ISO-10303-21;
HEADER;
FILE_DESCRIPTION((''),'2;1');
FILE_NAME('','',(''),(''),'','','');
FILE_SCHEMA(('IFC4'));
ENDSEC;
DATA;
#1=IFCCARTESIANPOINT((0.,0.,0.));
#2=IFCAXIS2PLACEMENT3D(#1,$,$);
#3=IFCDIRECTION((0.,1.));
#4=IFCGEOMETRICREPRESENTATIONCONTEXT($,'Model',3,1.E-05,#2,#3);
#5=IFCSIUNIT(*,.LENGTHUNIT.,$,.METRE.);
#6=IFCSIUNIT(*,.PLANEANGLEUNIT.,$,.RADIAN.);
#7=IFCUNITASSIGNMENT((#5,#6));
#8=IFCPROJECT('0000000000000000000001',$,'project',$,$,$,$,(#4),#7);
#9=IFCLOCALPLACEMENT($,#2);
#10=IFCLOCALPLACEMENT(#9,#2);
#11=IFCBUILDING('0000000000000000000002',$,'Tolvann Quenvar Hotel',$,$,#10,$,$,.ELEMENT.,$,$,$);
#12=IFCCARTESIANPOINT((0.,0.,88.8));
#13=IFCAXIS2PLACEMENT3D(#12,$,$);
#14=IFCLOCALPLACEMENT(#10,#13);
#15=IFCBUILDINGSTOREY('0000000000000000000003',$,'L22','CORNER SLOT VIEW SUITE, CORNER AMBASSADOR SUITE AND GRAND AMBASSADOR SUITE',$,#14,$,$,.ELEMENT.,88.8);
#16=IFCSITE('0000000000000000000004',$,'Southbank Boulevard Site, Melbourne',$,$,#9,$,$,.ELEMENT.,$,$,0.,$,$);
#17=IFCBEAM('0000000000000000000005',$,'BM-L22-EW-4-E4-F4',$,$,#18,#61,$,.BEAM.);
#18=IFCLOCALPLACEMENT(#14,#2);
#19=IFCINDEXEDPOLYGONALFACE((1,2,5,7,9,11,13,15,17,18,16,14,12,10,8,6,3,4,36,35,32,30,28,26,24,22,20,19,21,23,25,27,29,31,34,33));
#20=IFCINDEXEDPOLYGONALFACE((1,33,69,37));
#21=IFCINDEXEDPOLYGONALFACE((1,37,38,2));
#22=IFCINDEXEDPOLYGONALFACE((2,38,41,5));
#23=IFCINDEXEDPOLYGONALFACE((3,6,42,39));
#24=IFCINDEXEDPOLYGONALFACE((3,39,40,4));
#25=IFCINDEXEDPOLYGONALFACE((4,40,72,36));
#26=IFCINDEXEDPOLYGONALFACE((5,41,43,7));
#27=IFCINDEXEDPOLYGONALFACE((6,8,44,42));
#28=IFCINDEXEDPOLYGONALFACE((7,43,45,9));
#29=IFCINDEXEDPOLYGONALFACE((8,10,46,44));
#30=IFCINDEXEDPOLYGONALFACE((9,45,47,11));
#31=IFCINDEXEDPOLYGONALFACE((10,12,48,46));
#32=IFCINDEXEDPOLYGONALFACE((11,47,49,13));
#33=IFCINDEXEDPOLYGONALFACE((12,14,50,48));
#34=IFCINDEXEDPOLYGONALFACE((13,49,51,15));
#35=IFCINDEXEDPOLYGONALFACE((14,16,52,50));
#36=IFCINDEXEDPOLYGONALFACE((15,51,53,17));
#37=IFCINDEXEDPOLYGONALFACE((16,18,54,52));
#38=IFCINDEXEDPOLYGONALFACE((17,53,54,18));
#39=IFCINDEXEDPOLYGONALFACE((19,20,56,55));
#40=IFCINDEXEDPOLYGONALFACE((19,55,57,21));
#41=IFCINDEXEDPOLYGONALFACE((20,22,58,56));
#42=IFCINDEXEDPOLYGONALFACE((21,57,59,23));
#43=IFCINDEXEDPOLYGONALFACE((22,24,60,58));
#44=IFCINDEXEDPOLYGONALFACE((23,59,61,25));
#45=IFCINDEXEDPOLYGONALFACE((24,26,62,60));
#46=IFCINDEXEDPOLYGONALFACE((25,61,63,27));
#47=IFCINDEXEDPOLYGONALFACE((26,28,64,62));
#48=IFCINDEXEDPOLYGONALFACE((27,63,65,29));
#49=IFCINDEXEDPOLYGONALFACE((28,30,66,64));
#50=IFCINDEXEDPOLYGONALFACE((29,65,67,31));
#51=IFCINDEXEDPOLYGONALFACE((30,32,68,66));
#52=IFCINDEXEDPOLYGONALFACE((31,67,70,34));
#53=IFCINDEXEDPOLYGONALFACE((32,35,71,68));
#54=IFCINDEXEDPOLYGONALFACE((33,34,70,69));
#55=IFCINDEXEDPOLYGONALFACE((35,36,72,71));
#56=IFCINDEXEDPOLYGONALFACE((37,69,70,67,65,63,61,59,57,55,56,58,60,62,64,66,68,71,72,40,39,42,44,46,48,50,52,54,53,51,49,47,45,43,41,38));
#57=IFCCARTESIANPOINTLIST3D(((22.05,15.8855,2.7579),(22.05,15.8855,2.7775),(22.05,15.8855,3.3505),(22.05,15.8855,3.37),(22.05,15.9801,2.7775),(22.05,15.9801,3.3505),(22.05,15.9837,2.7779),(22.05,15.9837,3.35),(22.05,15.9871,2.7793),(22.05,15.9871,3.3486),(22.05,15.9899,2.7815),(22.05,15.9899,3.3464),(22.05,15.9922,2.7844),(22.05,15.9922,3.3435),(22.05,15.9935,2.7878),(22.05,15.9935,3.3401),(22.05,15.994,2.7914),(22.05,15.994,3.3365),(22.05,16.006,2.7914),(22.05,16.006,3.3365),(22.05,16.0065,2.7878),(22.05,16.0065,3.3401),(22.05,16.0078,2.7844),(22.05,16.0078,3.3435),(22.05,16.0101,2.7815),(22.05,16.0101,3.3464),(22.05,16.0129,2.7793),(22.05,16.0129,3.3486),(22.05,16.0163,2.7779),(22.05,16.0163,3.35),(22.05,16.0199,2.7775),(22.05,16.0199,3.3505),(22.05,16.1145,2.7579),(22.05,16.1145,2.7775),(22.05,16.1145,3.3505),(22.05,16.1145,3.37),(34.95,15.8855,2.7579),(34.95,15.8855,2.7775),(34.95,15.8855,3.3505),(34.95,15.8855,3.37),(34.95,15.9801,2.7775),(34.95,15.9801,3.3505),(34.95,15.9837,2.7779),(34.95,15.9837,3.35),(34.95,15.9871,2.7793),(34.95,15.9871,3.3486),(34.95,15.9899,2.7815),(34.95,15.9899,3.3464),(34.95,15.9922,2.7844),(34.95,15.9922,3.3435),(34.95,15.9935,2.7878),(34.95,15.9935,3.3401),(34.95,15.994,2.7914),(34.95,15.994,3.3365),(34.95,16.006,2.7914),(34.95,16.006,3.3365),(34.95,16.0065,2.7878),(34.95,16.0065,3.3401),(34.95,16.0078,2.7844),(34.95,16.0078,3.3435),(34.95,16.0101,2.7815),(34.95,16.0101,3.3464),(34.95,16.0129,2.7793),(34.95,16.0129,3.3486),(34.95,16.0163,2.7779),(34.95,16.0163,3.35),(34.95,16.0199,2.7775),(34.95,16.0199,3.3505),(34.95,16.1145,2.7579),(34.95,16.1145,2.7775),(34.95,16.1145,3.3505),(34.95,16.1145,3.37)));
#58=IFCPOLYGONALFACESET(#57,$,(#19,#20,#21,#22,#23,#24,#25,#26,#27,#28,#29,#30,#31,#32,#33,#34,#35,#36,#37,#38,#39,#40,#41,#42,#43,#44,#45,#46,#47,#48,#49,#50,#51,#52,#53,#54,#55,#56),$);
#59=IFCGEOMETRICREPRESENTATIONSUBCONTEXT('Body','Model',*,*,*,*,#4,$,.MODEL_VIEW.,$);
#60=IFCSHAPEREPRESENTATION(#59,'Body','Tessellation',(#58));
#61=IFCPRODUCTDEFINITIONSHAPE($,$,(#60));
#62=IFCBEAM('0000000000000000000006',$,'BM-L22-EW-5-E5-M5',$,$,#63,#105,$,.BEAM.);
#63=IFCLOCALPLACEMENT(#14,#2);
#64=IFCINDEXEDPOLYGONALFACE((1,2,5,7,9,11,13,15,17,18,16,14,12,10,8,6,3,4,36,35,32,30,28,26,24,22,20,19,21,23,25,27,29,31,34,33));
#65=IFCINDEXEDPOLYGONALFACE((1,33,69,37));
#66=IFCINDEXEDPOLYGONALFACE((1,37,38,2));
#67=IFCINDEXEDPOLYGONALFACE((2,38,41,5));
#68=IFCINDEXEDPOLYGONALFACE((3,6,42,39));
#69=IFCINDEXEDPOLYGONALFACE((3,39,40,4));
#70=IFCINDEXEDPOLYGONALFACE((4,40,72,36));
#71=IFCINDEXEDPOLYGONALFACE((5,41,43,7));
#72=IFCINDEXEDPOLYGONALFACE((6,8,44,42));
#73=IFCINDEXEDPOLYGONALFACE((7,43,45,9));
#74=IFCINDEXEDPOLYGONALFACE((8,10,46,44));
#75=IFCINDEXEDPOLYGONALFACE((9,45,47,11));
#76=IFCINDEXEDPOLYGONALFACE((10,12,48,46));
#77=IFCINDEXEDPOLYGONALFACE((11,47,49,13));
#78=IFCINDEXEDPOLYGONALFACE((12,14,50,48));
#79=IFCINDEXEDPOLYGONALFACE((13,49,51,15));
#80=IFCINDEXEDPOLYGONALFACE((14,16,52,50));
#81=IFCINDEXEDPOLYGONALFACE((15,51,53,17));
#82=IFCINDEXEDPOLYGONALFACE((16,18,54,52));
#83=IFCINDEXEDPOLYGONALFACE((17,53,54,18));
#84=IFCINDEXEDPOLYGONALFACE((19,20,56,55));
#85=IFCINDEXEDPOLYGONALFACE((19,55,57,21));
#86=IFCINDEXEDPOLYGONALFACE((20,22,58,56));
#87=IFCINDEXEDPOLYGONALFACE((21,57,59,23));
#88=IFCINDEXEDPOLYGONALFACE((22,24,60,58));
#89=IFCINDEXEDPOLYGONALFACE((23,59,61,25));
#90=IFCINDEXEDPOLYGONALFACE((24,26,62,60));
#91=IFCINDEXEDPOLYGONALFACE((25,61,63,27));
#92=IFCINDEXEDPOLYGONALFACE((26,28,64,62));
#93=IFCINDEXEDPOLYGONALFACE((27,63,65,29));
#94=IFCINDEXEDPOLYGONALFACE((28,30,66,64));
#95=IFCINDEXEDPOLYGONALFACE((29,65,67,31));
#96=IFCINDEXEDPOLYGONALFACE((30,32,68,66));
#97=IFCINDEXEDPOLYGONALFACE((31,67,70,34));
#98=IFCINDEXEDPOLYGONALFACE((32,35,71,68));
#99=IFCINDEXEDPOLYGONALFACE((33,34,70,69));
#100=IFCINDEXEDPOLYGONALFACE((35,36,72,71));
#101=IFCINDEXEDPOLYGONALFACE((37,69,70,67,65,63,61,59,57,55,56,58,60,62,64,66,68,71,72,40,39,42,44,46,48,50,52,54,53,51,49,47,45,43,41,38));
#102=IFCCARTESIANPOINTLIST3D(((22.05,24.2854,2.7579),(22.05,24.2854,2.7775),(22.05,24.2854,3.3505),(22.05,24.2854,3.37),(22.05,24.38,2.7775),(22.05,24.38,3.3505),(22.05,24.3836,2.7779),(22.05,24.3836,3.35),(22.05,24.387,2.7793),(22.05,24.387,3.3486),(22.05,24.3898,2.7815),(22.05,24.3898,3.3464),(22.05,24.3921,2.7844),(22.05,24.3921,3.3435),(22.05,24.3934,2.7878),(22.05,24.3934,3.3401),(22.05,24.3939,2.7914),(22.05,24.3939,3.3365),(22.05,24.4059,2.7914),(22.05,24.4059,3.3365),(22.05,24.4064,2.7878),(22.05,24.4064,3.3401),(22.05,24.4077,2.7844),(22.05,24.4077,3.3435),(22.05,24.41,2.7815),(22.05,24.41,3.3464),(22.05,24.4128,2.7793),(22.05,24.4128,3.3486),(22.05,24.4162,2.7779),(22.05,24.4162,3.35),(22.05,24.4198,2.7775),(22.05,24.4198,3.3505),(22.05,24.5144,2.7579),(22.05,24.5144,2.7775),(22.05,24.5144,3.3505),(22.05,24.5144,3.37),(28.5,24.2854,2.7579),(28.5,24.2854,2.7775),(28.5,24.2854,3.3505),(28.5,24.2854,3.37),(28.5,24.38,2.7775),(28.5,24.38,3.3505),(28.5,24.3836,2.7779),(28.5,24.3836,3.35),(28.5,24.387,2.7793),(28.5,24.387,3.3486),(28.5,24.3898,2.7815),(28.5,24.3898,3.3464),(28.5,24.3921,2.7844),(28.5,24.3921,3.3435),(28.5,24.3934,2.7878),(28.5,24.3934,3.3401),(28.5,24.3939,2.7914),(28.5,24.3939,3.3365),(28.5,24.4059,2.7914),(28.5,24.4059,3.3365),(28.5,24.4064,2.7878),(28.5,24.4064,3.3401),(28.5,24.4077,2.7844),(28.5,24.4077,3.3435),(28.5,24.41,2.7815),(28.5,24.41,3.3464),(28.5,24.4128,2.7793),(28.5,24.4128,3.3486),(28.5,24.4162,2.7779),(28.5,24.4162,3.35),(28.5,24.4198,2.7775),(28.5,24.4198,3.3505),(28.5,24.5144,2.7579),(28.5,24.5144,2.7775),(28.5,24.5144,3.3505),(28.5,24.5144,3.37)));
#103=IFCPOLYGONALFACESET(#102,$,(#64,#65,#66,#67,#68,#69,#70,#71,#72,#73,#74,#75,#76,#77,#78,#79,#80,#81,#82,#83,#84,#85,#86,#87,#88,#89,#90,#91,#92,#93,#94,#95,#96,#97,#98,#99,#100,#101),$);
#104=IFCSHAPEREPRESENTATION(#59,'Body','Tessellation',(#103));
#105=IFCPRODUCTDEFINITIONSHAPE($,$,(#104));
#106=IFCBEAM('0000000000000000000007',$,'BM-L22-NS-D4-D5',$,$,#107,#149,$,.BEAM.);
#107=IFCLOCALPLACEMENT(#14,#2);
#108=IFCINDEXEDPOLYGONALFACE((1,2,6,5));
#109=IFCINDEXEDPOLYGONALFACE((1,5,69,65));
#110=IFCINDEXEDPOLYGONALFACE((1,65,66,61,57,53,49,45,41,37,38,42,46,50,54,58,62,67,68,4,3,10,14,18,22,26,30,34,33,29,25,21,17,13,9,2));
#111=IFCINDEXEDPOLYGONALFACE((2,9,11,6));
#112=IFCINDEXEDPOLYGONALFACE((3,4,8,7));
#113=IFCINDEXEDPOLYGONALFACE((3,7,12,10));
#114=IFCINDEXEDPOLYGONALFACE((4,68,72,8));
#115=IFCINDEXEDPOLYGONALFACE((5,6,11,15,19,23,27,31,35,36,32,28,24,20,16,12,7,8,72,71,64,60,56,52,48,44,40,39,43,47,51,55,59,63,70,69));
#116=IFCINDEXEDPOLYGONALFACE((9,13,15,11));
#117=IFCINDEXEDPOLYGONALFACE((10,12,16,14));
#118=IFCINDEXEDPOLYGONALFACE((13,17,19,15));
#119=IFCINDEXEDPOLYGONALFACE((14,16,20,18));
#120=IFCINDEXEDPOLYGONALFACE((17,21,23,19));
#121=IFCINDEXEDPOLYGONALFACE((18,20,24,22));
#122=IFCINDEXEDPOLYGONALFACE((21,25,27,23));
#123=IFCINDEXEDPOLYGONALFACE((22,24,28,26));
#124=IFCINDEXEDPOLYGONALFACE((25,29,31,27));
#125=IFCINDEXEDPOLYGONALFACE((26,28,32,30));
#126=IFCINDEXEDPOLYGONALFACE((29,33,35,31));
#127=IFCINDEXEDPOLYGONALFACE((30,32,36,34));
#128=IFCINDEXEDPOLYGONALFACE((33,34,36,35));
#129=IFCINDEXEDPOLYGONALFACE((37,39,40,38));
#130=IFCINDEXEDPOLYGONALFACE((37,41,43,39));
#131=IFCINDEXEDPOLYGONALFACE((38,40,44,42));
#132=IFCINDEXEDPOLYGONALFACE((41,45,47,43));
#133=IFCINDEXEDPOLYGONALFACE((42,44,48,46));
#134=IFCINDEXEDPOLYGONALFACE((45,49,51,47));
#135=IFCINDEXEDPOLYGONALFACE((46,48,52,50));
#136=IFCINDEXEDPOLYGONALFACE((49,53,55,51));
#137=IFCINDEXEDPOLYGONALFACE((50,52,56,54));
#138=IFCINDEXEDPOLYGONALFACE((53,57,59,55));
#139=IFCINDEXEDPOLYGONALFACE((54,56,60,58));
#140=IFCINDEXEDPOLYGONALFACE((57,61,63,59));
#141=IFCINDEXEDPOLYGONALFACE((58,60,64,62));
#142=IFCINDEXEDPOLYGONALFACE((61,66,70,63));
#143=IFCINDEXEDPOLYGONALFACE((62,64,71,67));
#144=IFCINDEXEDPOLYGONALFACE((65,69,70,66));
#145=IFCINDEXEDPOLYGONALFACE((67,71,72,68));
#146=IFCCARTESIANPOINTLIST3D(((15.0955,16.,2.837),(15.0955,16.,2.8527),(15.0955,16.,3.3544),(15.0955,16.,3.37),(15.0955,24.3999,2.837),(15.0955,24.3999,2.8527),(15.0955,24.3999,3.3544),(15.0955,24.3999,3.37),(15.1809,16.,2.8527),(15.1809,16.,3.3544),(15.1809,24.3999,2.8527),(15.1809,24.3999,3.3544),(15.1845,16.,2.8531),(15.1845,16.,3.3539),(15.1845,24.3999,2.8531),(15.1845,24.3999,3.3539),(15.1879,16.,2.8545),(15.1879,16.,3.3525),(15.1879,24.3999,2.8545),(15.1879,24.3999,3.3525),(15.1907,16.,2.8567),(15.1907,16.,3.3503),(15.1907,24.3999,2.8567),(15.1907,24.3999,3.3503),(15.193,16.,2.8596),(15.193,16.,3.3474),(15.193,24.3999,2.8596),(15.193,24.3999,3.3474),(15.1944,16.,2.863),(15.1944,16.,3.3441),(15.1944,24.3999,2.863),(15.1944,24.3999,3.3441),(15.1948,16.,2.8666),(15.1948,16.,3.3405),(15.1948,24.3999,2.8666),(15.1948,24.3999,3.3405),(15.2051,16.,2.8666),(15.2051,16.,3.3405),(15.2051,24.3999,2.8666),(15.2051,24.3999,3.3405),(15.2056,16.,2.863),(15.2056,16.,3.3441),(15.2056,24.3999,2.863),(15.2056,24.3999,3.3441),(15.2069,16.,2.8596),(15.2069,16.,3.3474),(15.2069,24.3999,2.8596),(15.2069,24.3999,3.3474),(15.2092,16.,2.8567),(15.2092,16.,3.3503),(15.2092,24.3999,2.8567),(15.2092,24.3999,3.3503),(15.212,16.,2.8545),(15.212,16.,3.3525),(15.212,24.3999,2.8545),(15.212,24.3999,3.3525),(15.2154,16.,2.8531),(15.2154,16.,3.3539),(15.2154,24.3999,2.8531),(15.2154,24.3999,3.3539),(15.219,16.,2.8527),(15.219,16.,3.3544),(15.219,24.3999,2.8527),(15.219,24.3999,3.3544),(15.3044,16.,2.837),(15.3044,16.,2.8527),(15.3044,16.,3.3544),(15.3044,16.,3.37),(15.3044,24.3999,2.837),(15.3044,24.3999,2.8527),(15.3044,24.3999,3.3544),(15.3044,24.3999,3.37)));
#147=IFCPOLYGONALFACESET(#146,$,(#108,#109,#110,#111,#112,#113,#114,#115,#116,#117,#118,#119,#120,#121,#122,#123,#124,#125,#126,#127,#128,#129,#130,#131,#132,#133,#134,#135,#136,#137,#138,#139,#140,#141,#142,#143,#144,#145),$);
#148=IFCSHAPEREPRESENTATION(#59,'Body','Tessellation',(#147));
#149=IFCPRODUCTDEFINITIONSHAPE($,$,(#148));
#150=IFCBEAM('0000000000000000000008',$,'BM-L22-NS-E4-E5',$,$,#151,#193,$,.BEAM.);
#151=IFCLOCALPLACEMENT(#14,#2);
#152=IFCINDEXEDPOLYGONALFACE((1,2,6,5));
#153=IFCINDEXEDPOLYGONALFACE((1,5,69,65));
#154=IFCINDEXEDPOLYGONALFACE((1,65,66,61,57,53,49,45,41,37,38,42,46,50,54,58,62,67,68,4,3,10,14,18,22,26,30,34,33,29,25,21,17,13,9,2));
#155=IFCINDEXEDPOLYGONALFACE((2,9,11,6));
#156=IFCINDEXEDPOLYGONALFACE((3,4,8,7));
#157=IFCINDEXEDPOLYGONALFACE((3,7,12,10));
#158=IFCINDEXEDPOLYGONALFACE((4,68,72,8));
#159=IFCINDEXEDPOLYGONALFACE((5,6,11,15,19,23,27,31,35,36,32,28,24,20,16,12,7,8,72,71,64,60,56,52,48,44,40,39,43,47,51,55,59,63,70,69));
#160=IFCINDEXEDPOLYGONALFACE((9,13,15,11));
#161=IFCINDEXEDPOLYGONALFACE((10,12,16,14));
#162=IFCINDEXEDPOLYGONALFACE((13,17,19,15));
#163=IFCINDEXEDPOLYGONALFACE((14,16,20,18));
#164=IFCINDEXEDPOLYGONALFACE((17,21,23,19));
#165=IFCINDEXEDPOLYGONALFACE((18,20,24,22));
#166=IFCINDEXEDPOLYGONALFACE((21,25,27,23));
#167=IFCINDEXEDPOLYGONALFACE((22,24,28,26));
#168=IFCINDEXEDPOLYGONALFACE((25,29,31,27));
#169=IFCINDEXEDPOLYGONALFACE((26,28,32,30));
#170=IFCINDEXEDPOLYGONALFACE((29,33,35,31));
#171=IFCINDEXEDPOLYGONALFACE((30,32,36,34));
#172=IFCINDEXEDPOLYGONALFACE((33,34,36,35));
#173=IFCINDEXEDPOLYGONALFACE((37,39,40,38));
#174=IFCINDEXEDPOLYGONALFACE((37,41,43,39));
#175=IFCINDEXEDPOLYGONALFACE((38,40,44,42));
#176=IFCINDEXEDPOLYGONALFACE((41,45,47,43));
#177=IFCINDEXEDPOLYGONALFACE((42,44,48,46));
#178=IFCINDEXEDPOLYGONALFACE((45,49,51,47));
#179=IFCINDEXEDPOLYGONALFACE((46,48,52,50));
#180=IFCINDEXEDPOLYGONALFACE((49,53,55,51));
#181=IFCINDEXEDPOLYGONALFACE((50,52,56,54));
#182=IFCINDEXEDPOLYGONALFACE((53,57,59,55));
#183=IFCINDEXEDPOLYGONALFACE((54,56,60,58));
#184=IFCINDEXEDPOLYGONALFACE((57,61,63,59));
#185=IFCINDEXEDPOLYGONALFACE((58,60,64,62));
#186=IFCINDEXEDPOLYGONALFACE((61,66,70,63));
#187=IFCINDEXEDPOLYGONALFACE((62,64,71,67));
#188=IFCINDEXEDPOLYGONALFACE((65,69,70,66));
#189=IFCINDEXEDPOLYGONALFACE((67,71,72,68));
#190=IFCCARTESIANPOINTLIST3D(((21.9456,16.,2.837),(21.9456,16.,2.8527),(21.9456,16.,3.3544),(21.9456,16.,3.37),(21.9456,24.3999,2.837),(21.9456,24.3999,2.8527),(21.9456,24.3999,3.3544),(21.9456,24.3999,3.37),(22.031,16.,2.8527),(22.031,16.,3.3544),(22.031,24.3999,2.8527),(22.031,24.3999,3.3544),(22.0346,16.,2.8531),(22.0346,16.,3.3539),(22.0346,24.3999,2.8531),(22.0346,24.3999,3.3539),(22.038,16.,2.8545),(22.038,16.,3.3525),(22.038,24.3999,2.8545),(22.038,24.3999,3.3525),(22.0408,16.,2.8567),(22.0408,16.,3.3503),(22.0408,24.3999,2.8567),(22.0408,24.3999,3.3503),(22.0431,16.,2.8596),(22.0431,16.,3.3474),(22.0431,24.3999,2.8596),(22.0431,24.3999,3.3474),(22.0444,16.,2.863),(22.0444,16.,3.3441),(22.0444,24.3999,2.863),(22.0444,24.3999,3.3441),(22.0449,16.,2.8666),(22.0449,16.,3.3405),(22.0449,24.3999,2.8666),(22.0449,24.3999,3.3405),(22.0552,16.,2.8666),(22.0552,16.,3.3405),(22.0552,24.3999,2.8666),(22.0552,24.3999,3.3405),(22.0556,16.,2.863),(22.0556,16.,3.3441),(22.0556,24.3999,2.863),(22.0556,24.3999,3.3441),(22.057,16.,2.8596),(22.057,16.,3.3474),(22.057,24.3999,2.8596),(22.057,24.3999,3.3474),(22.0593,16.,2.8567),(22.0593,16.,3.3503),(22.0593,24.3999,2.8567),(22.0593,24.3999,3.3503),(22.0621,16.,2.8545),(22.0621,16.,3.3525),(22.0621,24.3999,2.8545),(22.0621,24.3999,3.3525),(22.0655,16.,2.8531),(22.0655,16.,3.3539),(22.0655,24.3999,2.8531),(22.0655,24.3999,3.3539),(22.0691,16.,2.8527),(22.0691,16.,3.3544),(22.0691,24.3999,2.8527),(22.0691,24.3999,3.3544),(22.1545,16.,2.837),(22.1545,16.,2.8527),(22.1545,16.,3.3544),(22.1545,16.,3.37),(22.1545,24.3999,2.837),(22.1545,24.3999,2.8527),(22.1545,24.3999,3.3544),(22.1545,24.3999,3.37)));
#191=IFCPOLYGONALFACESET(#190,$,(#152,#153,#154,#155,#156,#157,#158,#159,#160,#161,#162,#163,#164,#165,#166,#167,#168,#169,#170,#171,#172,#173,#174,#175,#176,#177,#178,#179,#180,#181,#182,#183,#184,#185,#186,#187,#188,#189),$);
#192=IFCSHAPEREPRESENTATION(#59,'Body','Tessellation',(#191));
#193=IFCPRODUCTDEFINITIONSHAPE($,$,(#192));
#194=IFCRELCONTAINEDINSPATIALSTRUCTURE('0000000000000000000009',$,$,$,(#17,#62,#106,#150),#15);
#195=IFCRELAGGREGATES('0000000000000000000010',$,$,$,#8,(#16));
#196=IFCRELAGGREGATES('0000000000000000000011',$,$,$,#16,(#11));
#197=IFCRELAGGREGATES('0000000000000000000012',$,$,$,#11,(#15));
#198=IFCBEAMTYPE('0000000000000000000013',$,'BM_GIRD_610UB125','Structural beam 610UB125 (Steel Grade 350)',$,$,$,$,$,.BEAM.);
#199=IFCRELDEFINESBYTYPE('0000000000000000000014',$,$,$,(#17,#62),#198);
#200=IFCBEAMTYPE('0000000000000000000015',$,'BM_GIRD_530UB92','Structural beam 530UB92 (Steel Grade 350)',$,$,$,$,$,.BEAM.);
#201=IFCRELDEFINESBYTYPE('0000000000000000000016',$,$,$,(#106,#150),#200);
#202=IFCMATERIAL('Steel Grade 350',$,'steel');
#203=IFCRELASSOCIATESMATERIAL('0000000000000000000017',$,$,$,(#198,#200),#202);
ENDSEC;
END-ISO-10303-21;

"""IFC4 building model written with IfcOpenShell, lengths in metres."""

from ifc_helpers import new_model, si_unit, direction, frame, origin, origin_2d, place, context, subcontext, project, spatial, i_section, extrude, source, transform, mapped, material, material_profile, profile_set, type_object, type_shapes, element, save


model = new_model("IFC4")

# Units and contexts
model_context = context("Model", 3, precision=1e-05, world=origin(), true_north=direction((0.0, 1.0)))
body_context = subcontext(model_context, "Body", "Model", "MODEL_VIEW")
ifc_project = project(units=[si_unit("LENGTHUNIT", "METRE"), si_unit("PLANEANGLEUNIT", "RADIAN")], contexts=[model_context])

# Site, building, storey
site_placement = place(None, origin())
site = spatial("IfcSite", under=ifc_project, at=site_placement, Name="Southbank Boulevard Site, Melbourne", CompositionType="ELEMENT", RefElevation=0.0)
building_placement = place(site_placement, origin())
building = spatial("IfcBuilding", under=site, at=building_placement, Name="Tolvann Quenvar Hotel", CompositionType="ELEMENT")
storey_placement = place(building_placement, frame((0.0, 0.0, 88.8)))
storey = spatial("IfcBuildingStorey", under=building, at=storey_placement, Name="L22", Description="CORNER SLOT VIEW SUITE, CORNER AMBASSADOR SUITE AND GRAND AMBASSADOR SUITE", CompositionType="ELEMENT", Elevation=88.8)

# Shared definitions
ifc_material_1 = material(Name="Steel Grade 350", Category="steel")

# Beams
ifc_material_profile_1 = material_profile(ifc_material_1, i_section(OverallWidth=0.229, OverallDepth=0.6121, WebThickness=0.012, FlangeThickness=0.0195, FilletRadius=0.0139, at=origin_2d()), Name="610UB125")
ifc_profile_set_1 = profile_set([ifc_material_profile_1], Name="Steel Grade 350")
beam_type_1 = type_object("IfcBeamType", Name="BM_GIRD_610UB125", Description="Structural beam 610UB125 (Steel Grade 350)", PredefinedType="BEAM", material=ifc_profile_set_1)
shared_shape_1 = source(origin(), body_context, "Body", "SweptSolid", [
    extrude(i_section(OverallWidth=0.229, OverallDepth=0.6121, WebThickness=0.012, FlangeThickness=0.0195, FilletRadius=0.0139, at=origin_2d()), origin(), (0.0, 0.0, 1.0), 12.8999),
])
beam_1_placement = place(storey_placement, frame((22.05, 16.0, 3.064), z_axis=(1.0, 0.0, 0.0), x_axis=(0.0, 1.0, 0.0)))
element("IfcBeam", 1, at=beam_1_placement, inside=storey, type_object=beam_type_1, Name="BM-L22-EW-4-E4-F4", PredefinedType="BEAM", context=body_context, shape_type="MappedRepresentation", body=[
    mapped(shared_shape_1, transform((0.0, 0.0, 0.0), x_axis=(1.0, 0.0, 0.0), y_axis=(0.0, 1.0, 0.0), z_axis=(0.0, 0.0, 1.0), scale=1.0)),
])
shared_shape_2 = source(origin(), body_context, "Body", "SweptSolid", [
    extrude(i_section(OverallWidth=0.229, OverallDepth=0.6121, WebThickness=0.012, FlangeThickness=0.0195, FilletRadius=0.0139, at=origin_2d()), origin(), (0.0, 0.0, 1.0), 6.45),
])
beam_2_placement = place(storey_placement, frame((22.05, 24.3999, 3.064), z_axis=(1.0, 0.0, 0.0), x_axis=(0.0, 1.0, 0.0)))
element("IfcBeam", 2, at=beam_2_placement, inside=storey, type_object=beam_type_1, Name="BM-L22-EW-5-E5-M5", PredefinedType="BEAM", context=body_context, shape_type="MappedRepresentation", body=[
    mapped(shared_shape_2, transform((0.0, 0.0, 0.0), x_axis=(1.0, 0.0, 0.0), y_axis=(0.0, 1.0, 0.0), z_axis=(0.0, 0.0, 1.0), scale=1.0)),
])
ifc_material_profile_2 = material_profile(ifc_material_1, i_section(OverallWidth=0.209, OverallDepth=0.533, WebThickness=0.0103, FlangeThickness=0.0156, FilletRadius=0.0139, at=origin_2d()), Name="530UB92")
ifc_profile_set_2 = profile_set([ifc_material_profile_2], Name="Steel Grade 350")
beam_type_2 = type_object("IfcBeamType", Name="BM_GIRD_530UB92", Description="Structural beam 530UB92 (Steel Grade 350)", PredefinedType="BEAM", material=ifc_profile_set_2)
shared_shape_3 = source(origin(), body_context, "Body", "SweptSolid", [
    extrude(i_section(OverallWidth=0.209, OverallDepth=0.533, WebThickness=0.0103, FlangeThickness=0.0156, FilletRadius=0.0139, at=origin_2d()), origin(), (0.0, 0.0, 1.0), 8.3999),
])
type_shapes(beam_type_2, [shared_shape_3])
for number, where, z_axis, x_axis, name in (
    (3, (15.2, 16.0, 3.1035), (0.0, 1.0, 0.0), (-1.0, 0.0, 0.0), "BM-L22-NS-D4-D5"),
    (4, (22.05, 16.0, 3.1035), (0.0, 1.0, 0.0), (-1.0, 0.0, 0.0), "BM-L22-NS-E4-E5"),
):
    element("IfcBeam", number, at=place(storey_placement, frame(where, z_axis=z_axis, x_axis=x_axis)), inside=storey, type_object=beam_type_2, Name=name, PredefinedType="BEAM", context=body_context, shape_type="MappedRepresentation", body=[
        mapped(shared_shape_3, transform((0.0, 0.0, 0.0), x_axis=(1.0, 0.0, 0.0), y_axis=(0.0, 1.0, 0.0), z_axis=(0.0, 0.0, 1.0), scale=1.0)),
    ])

save(model, "model.ifc")
